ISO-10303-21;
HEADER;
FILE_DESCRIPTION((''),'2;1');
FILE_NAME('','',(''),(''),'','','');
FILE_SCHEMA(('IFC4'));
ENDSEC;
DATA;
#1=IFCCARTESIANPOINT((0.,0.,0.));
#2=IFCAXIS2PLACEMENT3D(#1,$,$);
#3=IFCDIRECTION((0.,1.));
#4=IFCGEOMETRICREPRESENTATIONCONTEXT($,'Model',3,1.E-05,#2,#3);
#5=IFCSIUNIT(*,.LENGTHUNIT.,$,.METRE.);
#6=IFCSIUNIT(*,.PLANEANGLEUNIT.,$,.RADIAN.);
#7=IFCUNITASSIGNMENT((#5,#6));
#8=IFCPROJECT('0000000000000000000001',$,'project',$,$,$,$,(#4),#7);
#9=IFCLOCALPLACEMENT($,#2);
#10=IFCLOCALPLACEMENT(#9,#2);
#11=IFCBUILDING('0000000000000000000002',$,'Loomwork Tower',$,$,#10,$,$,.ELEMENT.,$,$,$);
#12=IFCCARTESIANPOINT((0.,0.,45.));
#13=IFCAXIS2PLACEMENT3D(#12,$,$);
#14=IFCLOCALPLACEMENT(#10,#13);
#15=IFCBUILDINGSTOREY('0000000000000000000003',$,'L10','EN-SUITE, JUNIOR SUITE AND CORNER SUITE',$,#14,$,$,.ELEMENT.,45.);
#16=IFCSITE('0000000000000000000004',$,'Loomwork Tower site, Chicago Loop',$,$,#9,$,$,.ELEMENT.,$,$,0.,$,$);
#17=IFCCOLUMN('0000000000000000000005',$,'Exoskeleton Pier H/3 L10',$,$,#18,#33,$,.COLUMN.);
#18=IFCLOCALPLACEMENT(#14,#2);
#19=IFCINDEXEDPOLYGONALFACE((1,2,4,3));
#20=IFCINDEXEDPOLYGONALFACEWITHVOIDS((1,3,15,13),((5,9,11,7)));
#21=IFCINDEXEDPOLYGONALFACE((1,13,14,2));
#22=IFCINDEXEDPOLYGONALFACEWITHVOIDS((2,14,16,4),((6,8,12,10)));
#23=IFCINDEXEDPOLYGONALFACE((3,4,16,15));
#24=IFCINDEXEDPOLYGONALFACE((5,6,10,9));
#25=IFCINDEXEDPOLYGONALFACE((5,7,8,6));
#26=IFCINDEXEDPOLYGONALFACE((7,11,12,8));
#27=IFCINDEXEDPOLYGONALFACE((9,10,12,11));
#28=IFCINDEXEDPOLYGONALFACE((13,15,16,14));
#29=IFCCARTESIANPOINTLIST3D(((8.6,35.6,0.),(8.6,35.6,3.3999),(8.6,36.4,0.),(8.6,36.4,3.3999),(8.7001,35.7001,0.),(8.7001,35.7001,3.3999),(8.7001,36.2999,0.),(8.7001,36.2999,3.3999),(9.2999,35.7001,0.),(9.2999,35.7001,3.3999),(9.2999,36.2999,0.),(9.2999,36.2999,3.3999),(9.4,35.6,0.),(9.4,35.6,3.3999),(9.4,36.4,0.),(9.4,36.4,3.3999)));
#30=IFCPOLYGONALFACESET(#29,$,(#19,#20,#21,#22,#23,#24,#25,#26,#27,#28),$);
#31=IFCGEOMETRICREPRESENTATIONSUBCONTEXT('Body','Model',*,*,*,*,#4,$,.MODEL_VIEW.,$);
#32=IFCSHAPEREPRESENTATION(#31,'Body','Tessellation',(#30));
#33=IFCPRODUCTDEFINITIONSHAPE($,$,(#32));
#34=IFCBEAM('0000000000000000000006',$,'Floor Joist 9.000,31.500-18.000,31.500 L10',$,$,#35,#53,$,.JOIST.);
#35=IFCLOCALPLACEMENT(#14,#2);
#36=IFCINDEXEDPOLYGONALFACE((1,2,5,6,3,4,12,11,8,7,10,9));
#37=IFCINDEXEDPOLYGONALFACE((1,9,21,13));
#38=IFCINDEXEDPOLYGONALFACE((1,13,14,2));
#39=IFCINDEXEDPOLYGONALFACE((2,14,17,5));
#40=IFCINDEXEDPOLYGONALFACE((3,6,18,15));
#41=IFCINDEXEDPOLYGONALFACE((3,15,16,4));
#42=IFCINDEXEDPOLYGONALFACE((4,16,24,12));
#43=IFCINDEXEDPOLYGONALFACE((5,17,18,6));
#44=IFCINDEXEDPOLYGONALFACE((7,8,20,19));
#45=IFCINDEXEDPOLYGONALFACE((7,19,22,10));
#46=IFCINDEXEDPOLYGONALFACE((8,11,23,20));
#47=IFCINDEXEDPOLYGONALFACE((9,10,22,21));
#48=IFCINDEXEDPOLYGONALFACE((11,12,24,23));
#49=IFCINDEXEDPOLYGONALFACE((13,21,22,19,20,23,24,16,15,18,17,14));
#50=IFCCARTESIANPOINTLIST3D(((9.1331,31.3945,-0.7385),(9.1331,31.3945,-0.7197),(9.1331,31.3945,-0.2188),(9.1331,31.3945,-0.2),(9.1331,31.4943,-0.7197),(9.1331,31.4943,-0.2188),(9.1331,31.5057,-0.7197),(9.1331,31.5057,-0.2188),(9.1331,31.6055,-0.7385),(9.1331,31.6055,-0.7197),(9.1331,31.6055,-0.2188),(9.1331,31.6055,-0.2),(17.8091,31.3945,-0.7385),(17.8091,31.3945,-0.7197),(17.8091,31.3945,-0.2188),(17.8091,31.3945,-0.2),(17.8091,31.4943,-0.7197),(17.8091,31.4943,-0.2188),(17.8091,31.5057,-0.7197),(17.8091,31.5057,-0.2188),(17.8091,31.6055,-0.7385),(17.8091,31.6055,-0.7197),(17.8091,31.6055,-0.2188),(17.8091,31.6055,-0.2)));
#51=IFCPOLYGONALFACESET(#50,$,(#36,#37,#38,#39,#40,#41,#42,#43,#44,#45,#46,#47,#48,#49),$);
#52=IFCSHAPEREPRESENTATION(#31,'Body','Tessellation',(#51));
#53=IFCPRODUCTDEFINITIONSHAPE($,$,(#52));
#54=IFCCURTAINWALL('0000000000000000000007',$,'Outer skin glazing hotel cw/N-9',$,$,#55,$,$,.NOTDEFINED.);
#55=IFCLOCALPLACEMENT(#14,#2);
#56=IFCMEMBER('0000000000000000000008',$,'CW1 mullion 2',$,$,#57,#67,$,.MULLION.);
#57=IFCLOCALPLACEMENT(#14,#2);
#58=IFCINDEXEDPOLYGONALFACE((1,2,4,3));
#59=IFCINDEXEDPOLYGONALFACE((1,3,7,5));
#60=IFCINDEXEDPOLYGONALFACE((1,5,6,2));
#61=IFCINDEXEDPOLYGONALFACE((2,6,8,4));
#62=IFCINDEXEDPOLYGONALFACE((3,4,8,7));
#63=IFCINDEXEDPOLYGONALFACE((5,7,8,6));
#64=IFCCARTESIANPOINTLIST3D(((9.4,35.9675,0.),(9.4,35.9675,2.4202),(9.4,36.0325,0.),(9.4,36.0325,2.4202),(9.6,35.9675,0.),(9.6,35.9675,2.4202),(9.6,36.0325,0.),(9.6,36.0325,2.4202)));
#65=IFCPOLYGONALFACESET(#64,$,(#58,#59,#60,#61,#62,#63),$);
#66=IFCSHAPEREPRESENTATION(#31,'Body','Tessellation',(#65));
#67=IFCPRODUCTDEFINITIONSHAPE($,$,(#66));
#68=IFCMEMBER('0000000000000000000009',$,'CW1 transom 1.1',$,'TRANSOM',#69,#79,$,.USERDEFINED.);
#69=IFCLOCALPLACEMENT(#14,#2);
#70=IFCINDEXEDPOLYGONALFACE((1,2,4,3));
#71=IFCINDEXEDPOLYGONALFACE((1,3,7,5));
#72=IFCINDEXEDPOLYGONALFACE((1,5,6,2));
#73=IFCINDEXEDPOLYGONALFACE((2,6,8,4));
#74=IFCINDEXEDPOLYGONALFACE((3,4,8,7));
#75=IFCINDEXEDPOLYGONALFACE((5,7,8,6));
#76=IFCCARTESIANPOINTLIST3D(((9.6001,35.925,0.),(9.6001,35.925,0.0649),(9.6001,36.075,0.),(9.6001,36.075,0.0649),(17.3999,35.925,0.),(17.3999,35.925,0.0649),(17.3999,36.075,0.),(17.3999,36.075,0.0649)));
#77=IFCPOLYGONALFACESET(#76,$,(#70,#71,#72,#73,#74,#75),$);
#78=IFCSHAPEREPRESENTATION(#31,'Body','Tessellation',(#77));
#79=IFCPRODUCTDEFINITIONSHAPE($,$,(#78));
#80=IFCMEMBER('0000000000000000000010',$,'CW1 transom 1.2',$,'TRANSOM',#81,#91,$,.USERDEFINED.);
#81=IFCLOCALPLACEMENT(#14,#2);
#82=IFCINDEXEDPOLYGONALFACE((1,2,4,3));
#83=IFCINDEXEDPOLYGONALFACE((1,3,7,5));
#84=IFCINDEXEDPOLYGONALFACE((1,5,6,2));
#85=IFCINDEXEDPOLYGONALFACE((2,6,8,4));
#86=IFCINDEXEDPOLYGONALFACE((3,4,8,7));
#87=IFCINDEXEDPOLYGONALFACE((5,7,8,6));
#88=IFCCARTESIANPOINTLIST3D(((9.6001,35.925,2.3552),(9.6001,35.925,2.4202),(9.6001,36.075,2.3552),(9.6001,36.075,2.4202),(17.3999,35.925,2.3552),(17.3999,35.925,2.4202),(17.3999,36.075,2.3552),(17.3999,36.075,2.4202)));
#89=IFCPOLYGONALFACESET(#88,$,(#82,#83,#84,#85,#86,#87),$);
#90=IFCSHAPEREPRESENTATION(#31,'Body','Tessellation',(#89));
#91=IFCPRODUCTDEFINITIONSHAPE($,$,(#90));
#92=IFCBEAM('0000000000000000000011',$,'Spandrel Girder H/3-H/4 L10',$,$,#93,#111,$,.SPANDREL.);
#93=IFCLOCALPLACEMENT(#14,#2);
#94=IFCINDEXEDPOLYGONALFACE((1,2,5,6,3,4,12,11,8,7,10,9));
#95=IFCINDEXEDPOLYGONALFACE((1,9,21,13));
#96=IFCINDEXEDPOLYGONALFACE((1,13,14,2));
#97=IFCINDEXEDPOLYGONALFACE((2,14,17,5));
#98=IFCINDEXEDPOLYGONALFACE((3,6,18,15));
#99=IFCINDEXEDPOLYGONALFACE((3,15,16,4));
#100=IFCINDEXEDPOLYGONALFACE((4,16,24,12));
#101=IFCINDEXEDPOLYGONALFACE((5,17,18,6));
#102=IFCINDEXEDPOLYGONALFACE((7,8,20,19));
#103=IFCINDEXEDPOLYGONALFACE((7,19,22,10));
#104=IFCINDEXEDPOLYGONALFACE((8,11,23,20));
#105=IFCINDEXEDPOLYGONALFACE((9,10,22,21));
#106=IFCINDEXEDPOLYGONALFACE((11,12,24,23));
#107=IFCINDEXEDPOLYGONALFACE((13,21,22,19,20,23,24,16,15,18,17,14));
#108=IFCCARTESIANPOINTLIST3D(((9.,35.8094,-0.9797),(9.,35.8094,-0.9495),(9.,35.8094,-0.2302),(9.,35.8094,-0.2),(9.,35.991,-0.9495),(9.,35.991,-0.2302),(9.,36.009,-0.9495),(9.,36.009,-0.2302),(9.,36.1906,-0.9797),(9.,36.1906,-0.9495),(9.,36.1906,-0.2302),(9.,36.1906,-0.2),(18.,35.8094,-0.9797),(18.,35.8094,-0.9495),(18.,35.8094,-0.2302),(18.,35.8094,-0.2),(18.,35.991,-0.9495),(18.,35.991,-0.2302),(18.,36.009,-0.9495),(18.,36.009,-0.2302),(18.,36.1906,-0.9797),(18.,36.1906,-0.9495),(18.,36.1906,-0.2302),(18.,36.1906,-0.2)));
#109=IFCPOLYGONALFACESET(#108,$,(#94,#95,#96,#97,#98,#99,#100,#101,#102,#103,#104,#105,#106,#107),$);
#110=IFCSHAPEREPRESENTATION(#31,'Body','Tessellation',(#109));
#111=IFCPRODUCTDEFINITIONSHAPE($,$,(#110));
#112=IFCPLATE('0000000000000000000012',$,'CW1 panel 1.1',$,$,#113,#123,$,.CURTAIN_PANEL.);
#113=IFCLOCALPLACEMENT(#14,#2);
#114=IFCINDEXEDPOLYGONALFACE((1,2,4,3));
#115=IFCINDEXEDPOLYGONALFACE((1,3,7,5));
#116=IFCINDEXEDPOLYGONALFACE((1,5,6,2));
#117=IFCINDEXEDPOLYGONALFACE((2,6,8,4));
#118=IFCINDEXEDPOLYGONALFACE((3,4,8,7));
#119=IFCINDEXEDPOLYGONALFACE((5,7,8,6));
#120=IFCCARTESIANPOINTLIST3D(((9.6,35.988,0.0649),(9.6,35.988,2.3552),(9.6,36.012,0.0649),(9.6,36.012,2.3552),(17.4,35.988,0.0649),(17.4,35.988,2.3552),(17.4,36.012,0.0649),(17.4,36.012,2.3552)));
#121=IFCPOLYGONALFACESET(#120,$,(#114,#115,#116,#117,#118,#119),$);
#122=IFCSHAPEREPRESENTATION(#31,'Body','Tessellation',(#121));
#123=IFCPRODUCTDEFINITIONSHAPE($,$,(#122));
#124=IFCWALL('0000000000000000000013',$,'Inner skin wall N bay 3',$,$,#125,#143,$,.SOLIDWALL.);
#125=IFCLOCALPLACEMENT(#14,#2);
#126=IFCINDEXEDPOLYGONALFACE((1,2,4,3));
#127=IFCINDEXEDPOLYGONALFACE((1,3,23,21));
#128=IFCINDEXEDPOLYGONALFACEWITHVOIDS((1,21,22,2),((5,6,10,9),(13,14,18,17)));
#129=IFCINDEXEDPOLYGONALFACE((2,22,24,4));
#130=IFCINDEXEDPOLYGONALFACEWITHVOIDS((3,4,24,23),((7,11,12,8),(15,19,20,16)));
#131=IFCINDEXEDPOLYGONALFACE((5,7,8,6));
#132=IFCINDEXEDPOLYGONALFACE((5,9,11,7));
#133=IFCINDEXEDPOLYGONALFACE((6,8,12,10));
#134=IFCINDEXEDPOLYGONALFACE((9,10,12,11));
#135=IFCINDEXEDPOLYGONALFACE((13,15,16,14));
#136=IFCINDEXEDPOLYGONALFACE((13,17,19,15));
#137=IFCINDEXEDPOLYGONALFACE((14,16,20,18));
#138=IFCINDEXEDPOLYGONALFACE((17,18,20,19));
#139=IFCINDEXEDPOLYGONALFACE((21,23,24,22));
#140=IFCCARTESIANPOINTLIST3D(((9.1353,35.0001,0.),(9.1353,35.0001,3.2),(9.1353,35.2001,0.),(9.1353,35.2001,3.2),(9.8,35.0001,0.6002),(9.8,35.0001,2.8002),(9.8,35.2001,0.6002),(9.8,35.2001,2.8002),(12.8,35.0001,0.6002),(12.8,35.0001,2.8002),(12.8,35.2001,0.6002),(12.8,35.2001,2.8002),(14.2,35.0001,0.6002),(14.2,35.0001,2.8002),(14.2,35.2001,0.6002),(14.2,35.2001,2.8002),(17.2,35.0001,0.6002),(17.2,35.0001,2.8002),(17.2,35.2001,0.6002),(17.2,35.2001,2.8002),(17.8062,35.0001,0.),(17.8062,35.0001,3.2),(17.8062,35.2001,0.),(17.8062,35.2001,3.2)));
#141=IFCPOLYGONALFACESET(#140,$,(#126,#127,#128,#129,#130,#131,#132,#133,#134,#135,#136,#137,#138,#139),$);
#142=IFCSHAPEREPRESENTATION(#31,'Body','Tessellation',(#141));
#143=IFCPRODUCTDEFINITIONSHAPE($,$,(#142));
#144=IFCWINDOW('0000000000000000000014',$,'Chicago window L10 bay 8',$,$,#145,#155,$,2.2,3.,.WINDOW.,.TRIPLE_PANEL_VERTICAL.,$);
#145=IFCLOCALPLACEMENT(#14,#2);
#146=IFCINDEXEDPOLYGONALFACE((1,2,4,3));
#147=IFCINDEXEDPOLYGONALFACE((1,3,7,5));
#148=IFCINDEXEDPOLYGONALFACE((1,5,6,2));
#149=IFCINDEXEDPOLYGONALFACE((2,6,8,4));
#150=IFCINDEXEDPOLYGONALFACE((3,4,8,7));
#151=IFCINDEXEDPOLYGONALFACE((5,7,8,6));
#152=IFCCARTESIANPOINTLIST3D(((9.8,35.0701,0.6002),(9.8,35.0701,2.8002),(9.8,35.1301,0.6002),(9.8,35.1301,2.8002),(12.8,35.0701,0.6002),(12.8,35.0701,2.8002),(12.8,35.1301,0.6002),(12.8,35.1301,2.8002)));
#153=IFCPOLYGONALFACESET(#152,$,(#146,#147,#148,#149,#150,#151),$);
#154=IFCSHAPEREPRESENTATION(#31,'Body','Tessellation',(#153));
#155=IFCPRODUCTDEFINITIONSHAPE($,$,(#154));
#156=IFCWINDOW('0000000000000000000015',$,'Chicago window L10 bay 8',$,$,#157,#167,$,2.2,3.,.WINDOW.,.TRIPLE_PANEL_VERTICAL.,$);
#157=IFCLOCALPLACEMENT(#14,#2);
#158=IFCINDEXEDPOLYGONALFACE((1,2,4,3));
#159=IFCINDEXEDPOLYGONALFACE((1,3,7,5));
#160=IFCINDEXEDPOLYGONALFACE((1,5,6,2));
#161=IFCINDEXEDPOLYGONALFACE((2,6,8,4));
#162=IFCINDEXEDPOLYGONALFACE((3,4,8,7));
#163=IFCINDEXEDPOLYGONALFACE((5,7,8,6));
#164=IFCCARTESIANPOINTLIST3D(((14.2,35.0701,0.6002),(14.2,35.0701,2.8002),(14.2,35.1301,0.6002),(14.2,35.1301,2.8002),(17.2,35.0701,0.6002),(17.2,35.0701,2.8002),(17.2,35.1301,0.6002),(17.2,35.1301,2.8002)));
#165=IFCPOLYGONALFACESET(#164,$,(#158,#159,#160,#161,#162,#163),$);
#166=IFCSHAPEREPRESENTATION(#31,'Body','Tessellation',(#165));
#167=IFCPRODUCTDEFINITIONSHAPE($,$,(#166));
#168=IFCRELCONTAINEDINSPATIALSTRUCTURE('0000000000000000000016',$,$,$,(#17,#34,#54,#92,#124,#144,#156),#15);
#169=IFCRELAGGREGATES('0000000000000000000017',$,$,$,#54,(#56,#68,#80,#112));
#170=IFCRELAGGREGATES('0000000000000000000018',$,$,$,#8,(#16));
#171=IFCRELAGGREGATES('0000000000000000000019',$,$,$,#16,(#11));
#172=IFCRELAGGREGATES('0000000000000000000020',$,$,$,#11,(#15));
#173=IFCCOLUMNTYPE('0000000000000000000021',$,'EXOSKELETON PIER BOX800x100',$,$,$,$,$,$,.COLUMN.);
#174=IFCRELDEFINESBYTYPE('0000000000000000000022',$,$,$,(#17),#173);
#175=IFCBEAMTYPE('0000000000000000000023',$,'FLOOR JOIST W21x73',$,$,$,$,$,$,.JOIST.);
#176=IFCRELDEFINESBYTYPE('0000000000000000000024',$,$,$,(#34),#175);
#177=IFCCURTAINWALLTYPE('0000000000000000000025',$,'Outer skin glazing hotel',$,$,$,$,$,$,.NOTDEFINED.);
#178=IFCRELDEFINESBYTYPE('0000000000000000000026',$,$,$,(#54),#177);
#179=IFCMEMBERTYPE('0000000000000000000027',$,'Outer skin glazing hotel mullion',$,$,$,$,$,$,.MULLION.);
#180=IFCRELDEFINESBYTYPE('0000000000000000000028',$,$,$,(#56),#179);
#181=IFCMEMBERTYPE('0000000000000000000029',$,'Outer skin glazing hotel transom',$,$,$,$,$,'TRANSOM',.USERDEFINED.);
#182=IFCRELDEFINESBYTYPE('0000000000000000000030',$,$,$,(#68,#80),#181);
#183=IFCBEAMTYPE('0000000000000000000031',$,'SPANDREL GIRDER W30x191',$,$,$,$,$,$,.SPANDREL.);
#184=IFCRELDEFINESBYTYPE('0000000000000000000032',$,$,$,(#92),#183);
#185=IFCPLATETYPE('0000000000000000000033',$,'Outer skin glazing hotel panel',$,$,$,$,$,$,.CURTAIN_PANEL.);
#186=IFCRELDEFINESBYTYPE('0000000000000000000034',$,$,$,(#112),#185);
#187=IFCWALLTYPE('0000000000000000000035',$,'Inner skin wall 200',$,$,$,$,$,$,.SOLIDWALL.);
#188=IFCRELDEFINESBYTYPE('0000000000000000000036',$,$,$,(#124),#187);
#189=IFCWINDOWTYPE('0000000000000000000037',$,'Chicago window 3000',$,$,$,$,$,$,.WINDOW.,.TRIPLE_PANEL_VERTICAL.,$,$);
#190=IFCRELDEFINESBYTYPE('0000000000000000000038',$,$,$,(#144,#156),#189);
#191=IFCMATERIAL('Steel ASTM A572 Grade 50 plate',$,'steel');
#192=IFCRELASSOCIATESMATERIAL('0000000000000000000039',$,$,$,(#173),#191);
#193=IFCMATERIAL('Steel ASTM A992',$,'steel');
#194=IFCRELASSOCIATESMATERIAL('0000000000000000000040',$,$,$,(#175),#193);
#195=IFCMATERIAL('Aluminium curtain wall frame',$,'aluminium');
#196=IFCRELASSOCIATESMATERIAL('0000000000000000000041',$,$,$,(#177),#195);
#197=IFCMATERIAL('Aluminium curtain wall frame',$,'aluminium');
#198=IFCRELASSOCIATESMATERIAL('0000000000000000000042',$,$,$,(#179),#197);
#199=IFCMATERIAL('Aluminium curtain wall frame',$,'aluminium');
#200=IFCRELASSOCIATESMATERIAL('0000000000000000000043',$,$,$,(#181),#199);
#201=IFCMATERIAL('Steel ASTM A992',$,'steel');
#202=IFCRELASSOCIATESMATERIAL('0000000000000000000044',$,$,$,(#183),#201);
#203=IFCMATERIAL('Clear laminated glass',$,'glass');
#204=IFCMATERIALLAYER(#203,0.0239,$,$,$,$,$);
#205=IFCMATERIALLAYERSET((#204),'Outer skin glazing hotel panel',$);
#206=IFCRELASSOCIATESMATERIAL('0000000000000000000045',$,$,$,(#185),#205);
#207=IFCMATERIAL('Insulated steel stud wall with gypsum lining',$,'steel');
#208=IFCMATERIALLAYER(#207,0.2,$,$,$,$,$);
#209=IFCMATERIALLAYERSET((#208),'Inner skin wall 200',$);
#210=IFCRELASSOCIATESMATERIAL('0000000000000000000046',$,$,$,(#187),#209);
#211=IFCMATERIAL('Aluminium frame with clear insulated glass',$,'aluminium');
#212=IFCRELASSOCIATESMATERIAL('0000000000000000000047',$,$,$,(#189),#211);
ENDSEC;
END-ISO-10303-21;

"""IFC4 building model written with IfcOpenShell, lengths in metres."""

from ifc_helpers import new_model, si_unit, direction, frame, frame_2d, origin, origin_2d, place, context, subcontext, project, spatial, rectangle, hollow_rectangle, i_section, extrude, material, layer, layer_set, material_profile, profile_set, type_object, element, fill, aggregate, save


model = new_model("IFC4")

# Units and contexts
model_context = context("Model", 3, precision=1e-05, world=origin(), true_north=direction((0.0, 1.0)))
body_context = subcontext(model_context, "Body", "Model", "MODEL_VIEW")
ifc_project = project(units=[si_unit("LENGTHUNIT", "METRE"), si_unit("PLANEANGLEUNIT", "RADIAN")], contexts=[model_context])

# Site, building, storey
site_placement = place(None, origin())
site = spatial("IfcSite", under=ifc_project, at=site_placement, Name="Loomwork Tower site, Chicago Loop", CompositionType="ELEMENT", RefElevation=0.0)
building_placement = place(site_placement, origin())
building = spatial("IfcBuilding", under=site, at=building_placement, Name="Loomwork Tower", CompositionType="ELEMENT")
storey_placement = place(building_placement, frame((0.0, 0.0, 45.0)))
storey = spatial("IfcBuildingStorey", under=building, at=storey_placement, Name="L10", Description="EN-SUITE, JUNIOR SUITE AND CORNER SUITE", CompositionType="ELEMENT", Elevation=45.0)

# Column
ifc_material_1 = material(Name="Steel ASTM A572 Grade 50 plate", Category="steel")
ifc_material_profile_1 = material_profile(ifc_material_1, hollow_rectangle(XDim=0.8, YDim=0.8, WallThickness=0.1001, at=origin_2d()), Name="BOX800x100")
ifc_profile_set_1 = profile_set([ifc_material_profile_1], Name="Steel ASTM A572 Grade 50 plate")
column_type = type_object("IfcColumnType", Name="EXOSKELETON PIER BOX800x100", PredefinedType="COLUMN", material=ifc_profile_set_1)
column_placement = place(storey_placement, frame((9.0, 36.0, 0.0), z_axis=(0.0, 0.0, 1.0), x_axis=(1.0, 0.0, 0.0)))
element("IfcColumn", 1, at=column_placement, inside=storey, type_object=column_type, Name="Exoskeleton Pier H/3 L10", PredefinedType="COLUMN", context=body_context, shape_type="SweptSolid", body=[
    extrude(hollow_rectangle(XDim=0.8, YDim=0.8, WallThickness=0.1001, at=origin_2d()), origin(), (0.0, 0.0, 1.0), 3.3999),
])

# Beam
ifc_material_2 = material(Name="Steel ASTM A992", Category="steel")
ifc_material_profile_2 = material_profile(ifc_material_2, i_section(OverallWidth=0.2109, OverallDepth=0.5386, WebThickness=0.0115, FlangeThickness=0.0188, at=origin_2d()), Name="W21x73")
ifc_profile_set_2 = profile_set([ifc_material_profile_2], Name="Steel ASTM A992")
beam_type_1 = type_object("IfcBeamType", Name="FLOOR JOIST W21x73", PredefinedType="JOIST", material=ifc_profile_set_2)
beam_1_placement = place(storey_placement, frame((9.1331, 31.5, -0.4692), z_axis=(1.0, 0.0, 0.0), x_axis=(0.0, 1.0, 0.0)))
element("IfcBeam", 2, at=beam_1_placement, inside=storey, type_object=beam_type_1, Name="Floor Joist 9.000,31.500-18.000,31.500 L10", PredefinedType="JOIST", context=body_context, shape_type="SweptSolid", body=[
    extrude(i_section(OverallWidth=0.2109, OverallDepth=0.5386, WebThickness=0.0115, FlangeThickness=0.0188, at=origin_2d()), origin(), (0.0, 0.0, 1.0), 8.676),
])

# Curtain wall, members
ifc_material_3 = material(Name="Aluminium curtain wall frame", Category="aluminium")
curtain_wall_type = type_object("IfcCurtainWallType", Name="Outer skin glazing hotel", PredefinedType="NOTDEFINED", material=ifc_material_3)
curtain_wall_placement = place(storey_placement, origin())
curtain_wall = element("IfcCurtainWall", 3, at=curtain_wall_placement, inside=storey, type_object=curtain_wall_type, Name="Outer skin glazing hotel cw/N-9", PredefinedType="NOTDEFINED")
ifc_material_4 = material(Name="Aluminium curtain wall frame", Category="aluminium")
ifc_material_profile_3 = material_profile(ifc_material_4, rectangle(XDim=0.0649, YDim=0.2, at=origin_2d()), Name="AL 65x200")
ifc_profile_set_3 = profile_set([ifc_material_profile_3], Name="Aluminium curtain wall frame")
member_type_1 = type_object("IfcMemberType", Name="Outer skin glazing hotel mullion", PredefinedType="MULLION", material=ifc_profile_set_3)
member_1_placement = place(storey_placement, frame((9.5, 36.0, 0.0), z_axis=(0.0, 0.0, 1.0), x_axis=(0.0, -1.0, 0.0)))
member_1 = element("IfcMember", 4, at=member_1_placement, type_object=member_type_1, Name="CW1 mullion 2", PredefinedType="MULLION", context=body_context, shape_type="SweptSolid", body=[
    extrude(rectangle(XDim=0.0649, YDim=0.2, at=origin_2d()), origin(), (0.0, 0.0, 1.0), 2.4202),
])
ifc_material_5 = material(Name="Aluminium curtain wall frame", Category="aluminium")
ifc_material_profile_4 = material_profile(ifc_material_5, rectangle(XDim=0.1499, YDim=0.0649, at=origin_2d()), Name="AL 65x150")
ifc_profile_set_4 = profile_set([ifc_material_profile_4], Name="Aluminium curtain wall frame")
member_type_2 = type_object("IfcMemberType", Name="Outer skin glazing hotel transom", ElementType="TRANSOM", PredefinedType="USERDEFINED", material=ifc_profile_set_4)
member_2_placement = place(storey_placement, frame((17.3999, 36.0, 0.0325), z_axis=(-1.0, 0.0, 0.0), x_axis=(0.0, -1.0, 0.0)))
member_2 = element("IfcMember", 5, at=member_2_placement, type_object=member_type_2, Name="CW1 transom 1.1", ObjectType="TRANSOM", PredefinedType="USERDEFINED", context=body_context, shape_type="SweptSolid", body=[
    extrude(rectangle(XDim=0.1499, YDim=0.0649, at=origin_2d()), origin(), (0.0, 0.0, 1.0), 7.7998),
])
member_3_placement = place(storey_placement, frame((17.3999, 36.0, 2.3877), z_axis=(-1.0, 0.0, 0.0), x_axis=(0.0, -1.0, 0.0)))
member_3 = element("IfcMember", 6, at=member_3_placement, type_object=member_type_2, Name="CW1 transom 1.2", ObjectType="TRANSOM", PredefinedType="USERDEFINED", context=body_context, shape_type="SweptSolid", body=[
    extrude(rectangle(XDim=0.1499, YDim=0.0649, at=origin_2d()), origin(), (0.0, 0.0, 1.0), 7.7998),
])

# Beam
ifc_material_6 = material(Name="Steel ASTM A992", Category="steel")
ifc_material_profile_5 = material_profile(ifc_material_6, i_section(OverallWidth=0.3811, OverallDepth=0.7798, WebThickness=0.0181, FlangeThickness=0.0303, at=origin_2d()), Name="W30x191")
ifc_profile_set_5 = profile_set([ifc_material_profile_5], Name="Steel ASTM A992")
beam_type_2 = type_object("IfcBeamType", Name="SPANDREL GIRDER W30x191", PredefinedType="SPANDREL", material=ifc_profile_set_5)
beam_2_placement = place(storey_placement, frame((9.0, 36.0, -0.5898), z_axis=(1.0, 0.0, 0.0), x_axis=(0.0, 1.0, 0.0)))
element("IfcBeam", 7, at=beam_2_placement, inside=storey, type_object=beam_type_2, Name="Spandrel Girder H/3-H/4 L10", PredefinedType="SPANDREL", context=body_context, shape_type="SweptSolid", body=[
    extrude(i_section(OverallWidth=0.3811, OverallDepth=0.7798, WebThickness=0.0181, FlangeThickness=0.0303, at=origin_2d()), origin(), (0.0, 0.0, 1.0), 9.0),
])

# Plate
ifc_material_7 = material(Name="Clear laminated glass", Category="glass")
ifc_layer_1 = layer(ifc_material_7, 0.0239)
ifc_layer_set_1 = layer_set([ifc_layer_1], Name="Outer skin glazing hotel panel")
plate_type = type_object("IfcPlateType", Name="Outer skin glazing hotel panel", PredefinedType="CURTAIN_PANEL", material=ifc_layer_set_1)
plate_placement = place(storey_placement, frame((13.5, 36.0, 0.0649), z_axis=(0.0, 0.0, 1.0), x_axis=(-1.0, 0.0, 0.0)))
plate = element("IfcPlate", 8, at=plate_placement, type_object=plate_type, Name="CW1 panel 1.1", PredefinedType="CURTAIN_PANEL", context=body_context, shape_type="SweptSolid", body=[
    extrude(rectangle(XDim=7.8, YDim=0.0239, at=origin_2d()), origin(), (0.0, 0.0, 1.0), 2.2903),
])
aggregate(curtain_wall, [member_1, member_2, member_3, plate])

# Wall, openings, windows
ifc_material_8 = material(Name="Insulated steel stud wall with gypsum lining", Category="steel")
ifc_layer_2 = layer(ifc_material_8, 0.2)
ifc_layer_set_2 = layer_set([ifc_layer_2], Name="Inner skin wall 200")
wall_type = type_object("IfcWallType", Name="Inner skin wall 200", PredefinedType="SOLIDWALL", material=ifc_layer_set_2)
wall_placement = place(storey_placement, frame((9.1353, 35.1001, 0.0), z_axis=(0.0, 0.0, 1.0), x_axis=(1.0, 0.0, 0.0)))
wall = element("IfcWall", 9, at=wall_placement, inside=storey, type_object=wall_type, Name="Inner skin wall N bay 3", PredefinedType="SOLIDWALL", context=body_context, shape_type="SweptSolid", body=[
    extrude(rectangle(XDim=8.6709, YDim=0.2, at=frame_2d((4.3354, 0.0))), origin(), (0.0, 0.0, 1.0), 3.2),
])
opening_1_placement = place(wall_placement, frame((0.6648, 0.0, 0.6001)))
opening_1 = element("IfcOpeningElement", 10, at=opening_1_placement, cuts=wall, PredefinedType="OPENING", context=body_context, shape_type="SweptSolid", body=[
    extrude(rectangle(XDim=3.0, YDim=2.2, at=frame_2d((1.5, 1.1001))), frame((0.0, 0.1099, 0.0), z_axis=(0.0, -1.0, 0.0), x_axis=(1.0, 0.0, 0.0)), (0.0, 0.0, 1.0), 0.22),
])
opening_2_placement = place(wall_placement, frame((5.0647, 0.0, 0.6001)))
opening_2 = element("IfcOpeningElement", 11, at=opening_2_placement, cuts=wall, PredefinedType="OPENING", context=body_context, shape_type="SweptSolid", body=[
    extrude(rectangle(XDim=3.0, YDim=2.2, at=frame_2d((1.5, 1.1001))), frame((0.0, 0.1099, 0.0), z_axis=(0.0, -1.0, 0.0), x_axis=(1.0, 0.0, 0.0)), (0.0, 0.0, 1.0), 0.22),
])
ifc_material_9 = material(Name="Aluminium frame with clear insulated glass", Category="aluminium")
window_type = type_object("IfcWindowType", Name="Chicago window 3000", PartitioningType="TRIPLE_PANEL_VERTICAL", PredefinedType="WINDOW", material=ifc_material_9)
window_1_placement = place(opening_1_placement, origin())
window_1 = element("IfcWindow", 12, at=window_1_placement, inside=storey, type_object=window_type, Name="Chicago window L10 bay 8", OverallHeight=2.2, OverallWidth=3.0, PartitioningType="TRIPLE_PANEL_VERTICAL", PredefinedType="WINDOW", context=body_context, shape_type="SweptSolid", body=[
    extrude(rectangle(XDim=3.0, YDim=2.2, at=frame_2d((1.5, 1.1001))), frame((0.0, 0.03, 0.0), z_axis=(0.0, -1.0, 0.0), x_axis=(1.0, 0.0, 0.0)), (0.0, 0.0, 1.0), 0.0601),
])
fill(opening_1, window_1)
window_2_placement = place(opening_2_placement, origin())
window_2 = element("IfcWindow", 13, at=window_2_placement, inside=storey, type_object=window_type, Name="Chicago window L10 bay 8", OverallHeight=2.2, OverallWidth=3.0, PartitioningType="TRIPLE_PANEL_VERTICAL", PredefinedType="WINDOW", context=body_context, shape_type="SweptSolid", body=[
    extrude(rectangle(XDim=3.0, YDim=2.2, at=frame_2d((1.5, 1.1001))), frame((0.0, 0.03, 0.0), z_axis=(0.0, -1.0, 0.0), x_axis=(1.0, 0.0, 0.0)), (0.0, 0.0, 1.0), 0.0601),
])
fill(opening_2, window_2)

save(model, "model.ifc")
